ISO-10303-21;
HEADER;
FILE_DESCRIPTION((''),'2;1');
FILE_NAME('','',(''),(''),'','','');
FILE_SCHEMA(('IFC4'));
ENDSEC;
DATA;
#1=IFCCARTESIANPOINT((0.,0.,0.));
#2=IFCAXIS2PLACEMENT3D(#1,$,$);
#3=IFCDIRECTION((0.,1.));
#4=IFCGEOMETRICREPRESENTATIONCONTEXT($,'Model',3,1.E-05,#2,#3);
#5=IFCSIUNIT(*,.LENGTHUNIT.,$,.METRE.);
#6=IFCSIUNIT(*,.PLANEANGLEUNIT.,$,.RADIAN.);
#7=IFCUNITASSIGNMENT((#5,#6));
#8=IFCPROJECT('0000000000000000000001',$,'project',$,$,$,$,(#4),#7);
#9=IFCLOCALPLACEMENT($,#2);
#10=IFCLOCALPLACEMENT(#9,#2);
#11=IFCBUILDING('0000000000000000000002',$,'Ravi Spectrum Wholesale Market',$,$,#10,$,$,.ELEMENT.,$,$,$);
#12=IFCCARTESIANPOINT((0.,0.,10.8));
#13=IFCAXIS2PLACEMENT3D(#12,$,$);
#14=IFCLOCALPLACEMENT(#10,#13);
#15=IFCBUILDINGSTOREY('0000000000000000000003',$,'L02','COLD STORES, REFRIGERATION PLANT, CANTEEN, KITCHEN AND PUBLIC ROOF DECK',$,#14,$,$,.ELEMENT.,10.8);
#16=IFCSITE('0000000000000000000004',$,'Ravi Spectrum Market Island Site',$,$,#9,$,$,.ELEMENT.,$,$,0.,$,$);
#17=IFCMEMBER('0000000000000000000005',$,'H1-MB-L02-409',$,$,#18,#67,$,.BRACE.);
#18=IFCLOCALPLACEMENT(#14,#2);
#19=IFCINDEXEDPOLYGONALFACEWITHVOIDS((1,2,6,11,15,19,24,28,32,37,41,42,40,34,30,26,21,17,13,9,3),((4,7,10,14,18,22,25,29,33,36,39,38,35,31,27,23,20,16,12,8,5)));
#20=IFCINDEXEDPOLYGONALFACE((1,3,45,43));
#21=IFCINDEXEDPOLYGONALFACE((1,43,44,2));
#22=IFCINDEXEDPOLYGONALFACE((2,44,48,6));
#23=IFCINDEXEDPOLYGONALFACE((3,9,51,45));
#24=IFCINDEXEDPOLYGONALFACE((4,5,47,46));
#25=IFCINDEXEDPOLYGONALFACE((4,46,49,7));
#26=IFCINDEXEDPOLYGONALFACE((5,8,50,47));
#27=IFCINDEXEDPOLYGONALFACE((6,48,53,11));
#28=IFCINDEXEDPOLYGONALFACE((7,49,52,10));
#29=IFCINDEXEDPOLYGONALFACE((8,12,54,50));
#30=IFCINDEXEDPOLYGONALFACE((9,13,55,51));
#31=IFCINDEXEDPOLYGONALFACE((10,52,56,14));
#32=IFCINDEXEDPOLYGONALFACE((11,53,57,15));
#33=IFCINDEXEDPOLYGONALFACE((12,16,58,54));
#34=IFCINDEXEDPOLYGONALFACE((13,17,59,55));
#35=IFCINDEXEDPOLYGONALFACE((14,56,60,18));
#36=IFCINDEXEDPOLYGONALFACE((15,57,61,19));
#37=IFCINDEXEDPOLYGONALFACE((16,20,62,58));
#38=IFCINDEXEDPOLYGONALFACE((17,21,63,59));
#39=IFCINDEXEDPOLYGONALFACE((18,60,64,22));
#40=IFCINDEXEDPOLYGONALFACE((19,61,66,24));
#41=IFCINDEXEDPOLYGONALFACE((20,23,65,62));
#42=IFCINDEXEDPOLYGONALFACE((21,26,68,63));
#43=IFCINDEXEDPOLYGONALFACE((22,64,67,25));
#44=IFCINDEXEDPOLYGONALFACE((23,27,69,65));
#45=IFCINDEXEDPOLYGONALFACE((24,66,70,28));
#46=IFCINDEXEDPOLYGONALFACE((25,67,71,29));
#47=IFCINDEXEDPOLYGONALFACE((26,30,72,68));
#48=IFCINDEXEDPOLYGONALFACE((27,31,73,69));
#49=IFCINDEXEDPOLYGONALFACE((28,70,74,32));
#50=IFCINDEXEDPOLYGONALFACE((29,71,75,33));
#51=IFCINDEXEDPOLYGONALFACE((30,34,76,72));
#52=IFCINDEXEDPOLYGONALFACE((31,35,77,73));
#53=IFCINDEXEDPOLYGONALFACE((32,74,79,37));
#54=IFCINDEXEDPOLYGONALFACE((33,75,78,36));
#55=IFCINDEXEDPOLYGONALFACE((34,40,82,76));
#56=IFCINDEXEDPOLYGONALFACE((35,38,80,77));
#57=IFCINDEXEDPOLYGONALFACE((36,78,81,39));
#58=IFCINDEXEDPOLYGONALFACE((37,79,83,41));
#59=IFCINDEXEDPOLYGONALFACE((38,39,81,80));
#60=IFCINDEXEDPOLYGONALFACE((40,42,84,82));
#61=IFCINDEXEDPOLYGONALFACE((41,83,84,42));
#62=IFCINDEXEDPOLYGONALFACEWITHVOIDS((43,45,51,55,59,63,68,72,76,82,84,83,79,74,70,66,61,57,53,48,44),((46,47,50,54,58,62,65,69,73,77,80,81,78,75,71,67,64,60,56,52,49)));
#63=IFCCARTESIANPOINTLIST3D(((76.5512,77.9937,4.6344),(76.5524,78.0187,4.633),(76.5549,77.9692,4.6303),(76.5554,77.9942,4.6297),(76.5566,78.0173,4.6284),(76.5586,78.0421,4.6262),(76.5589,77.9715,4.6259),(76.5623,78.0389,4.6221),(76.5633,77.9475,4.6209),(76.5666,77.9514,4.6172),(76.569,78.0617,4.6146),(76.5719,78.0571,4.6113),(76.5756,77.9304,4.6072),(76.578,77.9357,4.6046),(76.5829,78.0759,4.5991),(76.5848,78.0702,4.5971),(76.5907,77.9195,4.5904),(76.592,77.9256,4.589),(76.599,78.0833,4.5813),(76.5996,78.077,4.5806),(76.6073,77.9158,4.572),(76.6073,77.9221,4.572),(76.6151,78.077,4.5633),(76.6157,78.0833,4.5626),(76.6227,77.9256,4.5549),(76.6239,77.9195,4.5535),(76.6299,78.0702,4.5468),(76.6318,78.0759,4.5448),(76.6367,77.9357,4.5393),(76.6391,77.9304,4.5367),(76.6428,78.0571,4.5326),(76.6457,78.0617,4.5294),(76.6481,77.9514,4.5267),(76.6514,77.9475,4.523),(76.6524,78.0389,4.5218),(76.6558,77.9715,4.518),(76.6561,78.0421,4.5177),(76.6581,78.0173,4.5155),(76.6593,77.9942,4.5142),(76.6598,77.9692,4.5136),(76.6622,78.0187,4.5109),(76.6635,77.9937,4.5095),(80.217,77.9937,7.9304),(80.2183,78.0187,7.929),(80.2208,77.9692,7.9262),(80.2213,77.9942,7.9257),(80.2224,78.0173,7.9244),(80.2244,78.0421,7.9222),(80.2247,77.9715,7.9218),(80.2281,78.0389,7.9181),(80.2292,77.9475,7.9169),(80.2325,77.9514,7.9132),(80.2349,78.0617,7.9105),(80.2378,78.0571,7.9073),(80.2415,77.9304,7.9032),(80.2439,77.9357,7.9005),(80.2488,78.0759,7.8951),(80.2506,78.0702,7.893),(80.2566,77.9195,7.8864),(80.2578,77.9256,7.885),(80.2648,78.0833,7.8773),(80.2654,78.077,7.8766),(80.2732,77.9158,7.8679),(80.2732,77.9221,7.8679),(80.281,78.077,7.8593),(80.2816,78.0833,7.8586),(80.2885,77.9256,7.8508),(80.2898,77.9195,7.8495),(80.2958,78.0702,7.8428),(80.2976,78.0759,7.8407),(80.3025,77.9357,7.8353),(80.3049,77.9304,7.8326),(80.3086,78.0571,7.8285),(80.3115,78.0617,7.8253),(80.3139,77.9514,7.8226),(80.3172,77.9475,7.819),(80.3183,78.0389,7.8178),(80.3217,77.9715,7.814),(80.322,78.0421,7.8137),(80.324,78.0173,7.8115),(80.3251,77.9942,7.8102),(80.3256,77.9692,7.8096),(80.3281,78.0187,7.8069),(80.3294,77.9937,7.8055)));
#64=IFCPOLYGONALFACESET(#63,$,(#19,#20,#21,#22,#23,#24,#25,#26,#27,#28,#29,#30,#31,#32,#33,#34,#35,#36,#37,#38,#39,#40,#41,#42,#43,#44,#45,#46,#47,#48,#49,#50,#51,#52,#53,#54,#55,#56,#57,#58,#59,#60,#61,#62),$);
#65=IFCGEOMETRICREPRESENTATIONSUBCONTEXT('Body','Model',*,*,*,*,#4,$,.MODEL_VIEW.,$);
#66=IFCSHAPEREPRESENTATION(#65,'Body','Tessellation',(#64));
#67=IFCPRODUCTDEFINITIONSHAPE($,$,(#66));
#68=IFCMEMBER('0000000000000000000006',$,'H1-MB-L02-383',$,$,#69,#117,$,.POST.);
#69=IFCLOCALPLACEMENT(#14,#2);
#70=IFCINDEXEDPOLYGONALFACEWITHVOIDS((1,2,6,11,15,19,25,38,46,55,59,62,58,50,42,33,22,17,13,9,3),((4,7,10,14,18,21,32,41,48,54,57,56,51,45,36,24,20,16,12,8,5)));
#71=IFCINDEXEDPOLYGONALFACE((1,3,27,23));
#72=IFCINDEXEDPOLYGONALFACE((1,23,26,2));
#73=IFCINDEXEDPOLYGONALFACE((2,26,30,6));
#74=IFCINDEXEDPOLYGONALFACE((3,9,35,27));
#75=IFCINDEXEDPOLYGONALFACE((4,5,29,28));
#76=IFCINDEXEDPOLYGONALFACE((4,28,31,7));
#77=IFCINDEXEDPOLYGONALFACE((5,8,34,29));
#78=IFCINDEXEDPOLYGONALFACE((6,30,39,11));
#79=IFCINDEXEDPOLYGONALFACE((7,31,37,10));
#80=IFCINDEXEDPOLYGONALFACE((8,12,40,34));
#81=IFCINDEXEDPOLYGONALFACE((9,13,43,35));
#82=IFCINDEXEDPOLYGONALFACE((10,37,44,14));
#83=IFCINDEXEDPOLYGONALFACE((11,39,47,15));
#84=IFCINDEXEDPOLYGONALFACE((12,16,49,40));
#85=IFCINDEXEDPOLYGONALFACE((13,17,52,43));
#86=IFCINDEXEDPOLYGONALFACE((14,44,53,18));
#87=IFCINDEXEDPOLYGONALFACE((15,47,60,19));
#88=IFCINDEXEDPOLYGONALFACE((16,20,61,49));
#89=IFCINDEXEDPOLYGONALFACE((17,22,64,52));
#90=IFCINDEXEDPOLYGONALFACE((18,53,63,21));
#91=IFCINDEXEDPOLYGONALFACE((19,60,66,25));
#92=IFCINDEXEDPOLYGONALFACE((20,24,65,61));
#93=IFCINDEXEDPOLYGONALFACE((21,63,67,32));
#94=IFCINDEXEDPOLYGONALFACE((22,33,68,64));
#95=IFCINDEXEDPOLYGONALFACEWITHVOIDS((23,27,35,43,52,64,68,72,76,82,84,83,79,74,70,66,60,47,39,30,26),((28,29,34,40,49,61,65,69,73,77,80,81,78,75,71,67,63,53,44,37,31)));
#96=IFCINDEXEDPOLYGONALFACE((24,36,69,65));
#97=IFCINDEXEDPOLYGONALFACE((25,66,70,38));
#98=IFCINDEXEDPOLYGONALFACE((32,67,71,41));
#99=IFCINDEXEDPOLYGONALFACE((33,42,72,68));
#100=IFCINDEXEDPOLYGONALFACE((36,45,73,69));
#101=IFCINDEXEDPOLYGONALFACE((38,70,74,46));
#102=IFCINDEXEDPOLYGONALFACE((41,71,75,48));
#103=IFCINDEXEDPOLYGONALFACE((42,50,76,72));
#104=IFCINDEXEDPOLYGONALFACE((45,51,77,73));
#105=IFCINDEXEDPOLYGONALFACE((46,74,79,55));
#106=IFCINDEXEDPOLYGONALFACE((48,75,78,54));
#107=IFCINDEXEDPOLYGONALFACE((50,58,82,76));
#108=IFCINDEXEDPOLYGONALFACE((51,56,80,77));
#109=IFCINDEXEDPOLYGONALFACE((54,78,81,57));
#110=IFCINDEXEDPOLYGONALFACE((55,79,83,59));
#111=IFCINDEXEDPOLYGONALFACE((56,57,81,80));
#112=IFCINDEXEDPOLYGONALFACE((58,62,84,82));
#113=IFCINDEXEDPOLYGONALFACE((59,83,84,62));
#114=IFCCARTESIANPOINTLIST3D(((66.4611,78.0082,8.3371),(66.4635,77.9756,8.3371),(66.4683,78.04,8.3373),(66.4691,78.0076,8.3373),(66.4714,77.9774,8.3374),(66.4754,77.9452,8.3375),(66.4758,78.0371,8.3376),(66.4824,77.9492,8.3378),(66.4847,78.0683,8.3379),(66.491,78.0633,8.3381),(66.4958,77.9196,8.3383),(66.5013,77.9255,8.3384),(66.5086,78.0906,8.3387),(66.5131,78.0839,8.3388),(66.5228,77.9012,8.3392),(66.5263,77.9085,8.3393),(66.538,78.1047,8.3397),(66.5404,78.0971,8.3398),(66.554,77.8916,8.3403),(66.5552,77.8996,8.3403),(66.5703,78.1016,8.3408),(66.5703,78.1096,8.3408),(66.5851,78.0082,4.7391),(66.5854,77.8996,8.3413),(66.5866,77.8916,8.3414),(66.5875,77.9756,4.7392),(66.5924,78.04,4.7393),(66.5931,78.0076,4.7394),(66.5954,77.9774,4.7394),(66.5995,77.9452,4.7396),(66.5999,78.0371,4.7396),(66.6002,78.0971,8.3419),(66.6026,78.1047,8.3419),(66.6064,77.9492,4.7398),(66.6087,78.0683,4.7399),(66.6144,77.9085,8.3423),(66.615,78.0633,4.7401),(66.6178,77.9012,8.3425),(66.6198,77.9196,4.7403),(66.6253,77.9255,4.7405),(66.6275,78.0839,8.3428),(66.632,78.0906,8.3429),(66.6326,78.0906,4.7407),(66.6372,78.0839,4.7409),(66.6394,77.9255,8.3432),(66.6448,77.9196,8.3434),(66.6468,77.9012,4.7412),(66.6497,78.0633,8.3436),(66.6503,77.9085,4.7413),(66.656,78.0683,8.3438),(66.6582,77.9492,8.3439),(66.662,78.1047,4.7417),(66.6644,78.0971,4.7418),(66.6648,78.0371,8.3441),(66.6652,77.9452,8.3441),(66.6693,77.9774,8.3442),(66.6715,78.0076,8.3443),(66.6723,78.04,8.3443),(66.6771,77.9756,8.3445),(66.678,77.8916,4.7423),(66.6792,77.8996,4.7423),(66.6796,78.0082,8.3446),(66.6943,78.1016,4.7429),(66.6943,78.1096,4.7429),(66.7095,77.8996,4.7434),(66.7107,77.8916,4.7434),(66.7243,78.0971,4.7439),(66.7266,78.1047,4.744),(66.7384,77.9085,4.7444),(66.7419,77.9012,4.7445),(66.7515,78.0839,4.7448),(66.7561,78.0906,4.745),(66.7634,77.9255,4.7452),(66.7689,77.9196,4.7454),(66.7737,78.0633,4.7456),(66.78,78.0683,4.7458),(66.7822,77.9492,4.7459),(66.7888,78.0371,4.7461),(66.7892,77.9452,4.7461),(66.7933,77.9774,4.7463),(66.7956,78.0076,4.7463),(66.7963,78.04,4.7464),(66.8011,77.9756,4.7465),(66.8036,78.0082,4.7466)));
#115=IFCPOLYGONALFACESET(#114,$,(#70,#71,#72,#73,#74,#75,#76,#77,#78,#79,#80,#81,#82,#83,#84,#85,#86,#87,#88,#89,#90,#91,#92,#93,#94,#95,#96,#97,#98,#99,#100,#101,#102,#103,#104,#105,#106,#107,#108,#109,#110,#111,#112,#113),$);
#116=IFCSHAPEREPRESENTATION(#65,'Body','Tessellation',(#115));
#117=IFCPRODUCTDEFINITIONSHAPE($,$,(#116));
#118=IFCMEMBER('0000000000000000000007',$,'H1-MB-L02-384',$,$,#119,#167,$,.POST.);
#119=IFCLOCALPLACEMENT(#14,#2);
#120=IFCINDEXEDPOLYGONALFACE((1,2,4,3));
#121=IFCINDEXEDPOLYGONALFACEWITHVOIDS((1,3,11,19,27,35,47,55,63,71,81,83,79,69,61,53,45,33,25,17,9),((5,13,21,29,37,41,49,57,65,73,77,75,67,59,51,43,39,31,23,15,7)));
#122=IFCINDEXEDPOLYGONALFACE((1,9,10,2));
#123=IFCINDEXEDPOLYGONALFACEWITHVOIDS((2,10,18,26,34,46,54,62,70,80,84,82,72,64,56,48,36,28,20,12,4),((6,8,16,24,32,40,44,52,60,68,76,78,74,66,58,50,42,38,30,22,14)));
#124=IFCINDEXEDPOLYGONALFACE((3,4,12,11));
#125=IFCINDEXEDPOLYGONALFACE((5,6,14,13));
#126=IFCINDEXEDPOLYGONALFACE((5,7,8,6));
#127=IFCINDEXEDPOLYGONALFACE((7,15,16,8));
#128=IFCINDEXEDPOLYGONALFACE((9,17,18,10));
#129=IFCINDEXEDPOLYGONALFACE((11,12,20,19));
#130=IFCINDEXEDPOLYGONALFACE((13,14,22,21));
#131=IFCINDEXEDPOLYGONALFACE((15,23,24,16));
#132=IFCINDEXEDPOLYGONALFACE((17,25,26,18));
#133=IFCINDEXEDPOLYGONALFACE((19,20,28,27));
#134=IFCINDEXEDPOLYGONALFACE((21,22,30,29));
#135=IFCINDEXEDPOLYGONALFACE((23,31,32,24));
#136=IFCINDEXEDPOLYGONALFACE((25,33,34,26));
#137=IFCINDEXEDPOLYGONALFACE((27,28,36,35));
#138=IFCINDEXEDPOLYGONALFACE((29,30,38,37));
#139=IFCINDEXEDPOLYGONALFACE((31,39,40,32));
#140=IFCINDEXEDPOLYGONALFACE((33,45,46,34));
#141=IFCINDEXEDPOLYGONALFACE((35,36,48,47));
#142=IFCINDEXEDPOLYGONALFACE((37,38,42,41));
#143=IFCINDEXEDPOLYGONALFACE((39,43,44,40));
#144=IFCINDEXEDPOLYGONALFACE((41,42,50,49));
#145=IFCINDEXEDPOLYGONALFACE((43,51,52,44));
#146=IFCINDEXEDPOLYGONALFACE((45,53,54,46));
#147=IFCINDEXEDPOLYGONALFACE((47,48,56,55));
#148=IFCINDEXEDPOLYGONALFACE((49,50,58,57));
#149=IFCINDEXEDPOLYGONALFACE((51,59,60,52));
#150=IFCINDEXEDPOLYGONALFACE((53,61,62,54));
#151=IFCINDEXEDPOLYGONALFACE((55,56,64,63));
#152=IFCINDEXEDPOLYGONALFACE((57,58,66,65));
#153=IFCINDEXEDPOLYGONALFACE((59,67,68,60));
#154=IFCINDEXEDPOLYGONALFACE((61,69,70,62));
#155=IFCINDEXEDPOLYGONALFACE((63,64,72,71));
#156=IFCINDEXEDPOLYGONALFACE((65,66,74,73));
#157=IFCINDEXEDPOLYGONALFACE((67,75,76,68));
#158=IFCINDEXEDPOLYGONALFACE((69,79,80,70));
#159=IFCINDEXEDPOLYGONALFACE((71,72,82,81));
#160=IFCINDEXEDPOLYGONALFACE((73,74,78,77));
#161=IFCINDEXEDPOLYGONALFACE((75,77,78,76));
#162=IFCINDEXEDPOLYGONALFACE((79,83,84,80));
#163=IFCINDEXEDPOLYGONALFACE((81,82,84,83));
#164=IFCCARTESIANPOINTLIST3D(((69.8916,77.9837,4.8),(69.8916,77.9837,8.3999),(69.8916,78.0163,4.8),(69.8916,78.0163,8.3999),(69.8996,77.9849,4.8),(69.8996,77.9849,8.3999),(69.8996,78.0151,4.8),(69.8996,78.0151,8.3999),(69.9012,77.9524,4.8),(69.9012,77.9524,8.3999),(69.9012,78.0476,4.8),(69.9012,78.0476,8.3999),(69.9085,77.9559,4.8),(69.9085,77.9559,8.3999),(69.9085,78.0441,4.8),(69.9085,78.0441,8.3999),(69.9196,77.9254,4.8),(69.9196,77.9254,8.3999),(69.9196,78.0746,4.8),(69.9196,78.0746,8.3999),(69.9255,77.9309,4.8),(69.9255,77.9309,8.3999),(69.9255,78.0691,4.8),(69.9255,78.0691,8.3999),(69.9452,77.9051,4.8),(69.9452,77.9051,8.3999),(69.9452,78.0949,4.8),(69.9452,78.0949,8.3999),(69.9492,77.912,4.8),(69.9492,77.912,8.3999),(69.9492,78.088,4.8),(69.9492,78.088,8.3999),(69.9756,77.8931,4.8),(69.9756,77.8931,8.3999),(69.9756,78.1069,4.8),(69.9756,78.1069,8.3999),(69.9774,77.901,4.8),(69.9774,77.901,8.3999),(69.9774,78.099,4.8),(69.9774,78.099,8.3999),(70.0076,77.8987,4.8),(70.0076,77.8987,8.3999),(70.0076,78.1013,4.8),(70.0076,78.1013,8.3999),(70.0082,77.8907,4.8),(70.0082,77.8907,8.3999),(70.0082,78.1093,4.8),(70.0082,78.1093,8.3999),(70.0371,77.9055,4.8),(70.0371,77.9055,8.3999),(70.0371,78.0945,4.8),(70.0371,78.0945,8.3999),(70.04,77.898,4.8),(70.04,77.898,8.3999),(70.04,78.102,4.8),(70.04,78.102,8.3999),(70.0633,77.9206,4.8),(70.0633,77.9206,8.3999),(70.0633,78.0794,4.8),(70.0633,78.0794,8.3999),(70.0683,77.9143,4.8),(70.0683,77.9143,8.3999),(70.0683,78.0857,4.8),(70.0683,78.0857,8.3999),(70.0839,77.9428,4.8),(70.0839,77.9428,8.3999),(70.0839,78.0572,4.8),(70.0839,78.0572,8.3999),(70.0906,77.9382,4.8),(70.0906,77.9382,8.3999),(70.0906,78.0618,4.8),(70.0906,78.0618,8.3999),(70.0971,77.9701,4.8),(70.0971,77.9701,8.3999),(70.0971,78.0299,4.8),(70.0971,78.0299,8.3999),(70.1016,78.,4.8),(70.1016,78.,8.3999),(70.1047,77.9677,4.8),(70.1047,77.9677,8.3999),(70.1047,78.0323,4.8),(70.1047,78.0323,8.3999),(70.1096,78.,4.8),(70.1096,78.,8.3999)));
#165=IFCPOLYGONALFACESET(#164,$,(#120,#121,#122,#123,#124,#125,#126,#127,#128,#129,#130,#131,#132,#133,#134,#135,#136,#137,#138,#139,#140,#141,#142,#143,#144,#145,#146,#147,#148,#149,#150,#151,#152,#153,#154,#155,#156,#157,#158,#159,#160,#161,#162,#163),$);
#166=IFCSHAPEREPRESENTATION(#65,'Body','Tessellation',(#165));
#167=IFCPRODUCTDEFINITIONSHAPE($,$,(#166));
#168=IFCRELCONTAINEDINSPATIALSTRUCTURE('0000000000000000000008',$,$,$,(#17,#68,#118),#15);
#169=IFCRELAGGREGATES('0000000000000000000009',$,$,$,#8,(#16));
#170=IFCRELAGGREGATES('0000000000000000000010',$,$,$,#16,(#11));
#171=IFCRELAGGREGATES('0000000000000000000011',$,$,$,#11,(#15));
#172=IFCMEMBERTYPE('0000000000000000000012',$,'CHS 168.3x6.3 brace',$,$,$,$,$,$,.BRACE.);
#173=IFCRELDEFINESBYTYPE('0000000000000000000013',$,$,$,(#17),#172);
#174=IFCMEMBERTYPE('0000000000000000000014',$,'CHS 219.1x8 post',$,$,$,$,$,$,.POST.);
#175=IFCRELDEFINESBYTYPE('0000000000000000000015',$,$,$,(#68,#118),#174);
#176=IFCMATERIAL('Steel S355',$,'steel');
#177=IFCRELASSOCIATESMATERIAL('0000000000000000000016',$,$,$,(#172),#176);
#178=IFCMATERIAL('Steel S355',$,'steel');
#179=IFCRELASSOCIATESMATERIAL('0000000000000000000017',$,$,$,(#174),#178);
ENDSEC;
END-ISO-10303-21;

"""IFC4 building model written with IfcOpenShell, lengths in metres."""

from ifc_helpers import new_model, si_unit, direction, frame, origin, origin_2d, place, context, subcontext, project, spatial, hollow_circle, extrude, material, material_profile, profile_set, type_object, element, save


model = new_model("IFC4")

# Units and contexts
model_context = context("Model", 3, precision=1e-05, world=origin(), true_north=direction((0.0, 1.0)))
body_context = subcontext(model_context, "Body", "Model", "MODEL_VIEW")
ifc_project = project(units=[si_unit("LENGTHUNIT", "METRE"), si_unit("PLANEANGLEUNIT", "RADIAN")], contexts=[model_context])

# Site, building, storey
site_placement = place(None, origin())
site = spatial("IfcSite", under=ifc_project, at=site_placement, Name="Ravi Spectrum Market Island Site", CompositionType="ELEMENT", RefElevation=0.0)
building_placement = place(site_placement, origin())
building = spatial("IfcBuilding", under=site, at=building_placement, Name="Ravi Spectrum Wholesale Market", CompositionType="ELEMENT")
storey_placement = place(building_placement, frame((0.0, 0.0, 10.8)))
storey = spatial("IfcBuildingStorey", under=building, at=storey_placement, Name="L02", Description="COLD STORES, REFRIGERATION PLANT, CANTEEN, KITCHEN AND PUBLIC ROOF DECK", CompositionType="ELEMENT", Elevation=10.8)

# Members
ifc_material_1 = material(Name="Steel S355", Category="steel")
ifc_material_profile_1 = material_profile(ifc_material_1, hollow_circle(Radius=0.0842, WallThickness=0.0063, at=origin_2d()))
ifc_profile_set_1 = profile_set([ifc_material_profile_1], Name="Steel S355")
member_type_1 = type_object("IfcMemberType", Name="CHS 168.3x6.3 brace", PredefinedType="BRACE", material=ifc_profile_set_1)
member_1_placement = place(storey_placement, frame((80.2732, 78.0, 7.8679), z_axis=(-0.743627, 0.0, -0.668595), x_axis=(0.0, -1.0, 0.0)))
element("IfcMember", 1, at=member_1_placement, inside=storey, type_object=member_type_1, Name="H1-MB-L02-409", PredefinedType="BRACE", context=body_context, shape_type="SweptSolid", body=[
    extrude(hollow_circle(Radius=0.0842, WallThickness=0.0063, at=origin_2d()), origin(), (0.0, 0.0, 1.0), 4.9297),
])
ifc_material_2 = material(Name="Steel S355", Category="steel")
ifc_material_profile_2 = material_profile(ifc_material_2, hollow_circle(Radius=0.1096, WallThickness=0.0081, at=origin_2d()))
ifc_profile_set_2 = profile_set([ifc_material_profile_2], Name="Steel S355")
member_type_2 = type_object("IfcMemberType", Name="CHS 219.1x8 post", PredefinedType="POST", material=ifc_profile_set_2)
member_2_placement = place(storey_placement, frame((66.5703, 78.0, 8.3408), z_axis=(0.034451, 0.0, -0.999406), x_axis=(0.0, 1.0, 0.0)))
element("IfcMember", 2, at=member_2_placement, inside=storey, type_object=member_type_2, Name="H1-MB-L02-383", PredefinedType="POST", context=body_context, shape_type="SweptSolid", body=[
    extrude(hollow_circle(Radius=0.1096, WallThickness=0.0081, at=origin_2d()), origin(), (0.0, 0.0, 1.0), 3.6001),
])
member_3_placement = place(storey_placement, frame((70.0, 78.0, 8.3999), z_axis=(0.0, 0.0, -1.0), x_axis=(1.0, 0.0, 0.0)))
element("IfcMember", 3, at=member_3_placement, inside=storey, type_object=member_type_2, Name="H1-MB-L02-384", PredefinedType="POST", context=body_context, shape_type="SweptSolid", body=[
    extrude(hollow_circle(Radius=0.1096, WallThickness=0.0081, at=origin_2d()), origin(), (0.0, 0.0, 1.0), 3.5999),
])

save(model, "model.ifc")
